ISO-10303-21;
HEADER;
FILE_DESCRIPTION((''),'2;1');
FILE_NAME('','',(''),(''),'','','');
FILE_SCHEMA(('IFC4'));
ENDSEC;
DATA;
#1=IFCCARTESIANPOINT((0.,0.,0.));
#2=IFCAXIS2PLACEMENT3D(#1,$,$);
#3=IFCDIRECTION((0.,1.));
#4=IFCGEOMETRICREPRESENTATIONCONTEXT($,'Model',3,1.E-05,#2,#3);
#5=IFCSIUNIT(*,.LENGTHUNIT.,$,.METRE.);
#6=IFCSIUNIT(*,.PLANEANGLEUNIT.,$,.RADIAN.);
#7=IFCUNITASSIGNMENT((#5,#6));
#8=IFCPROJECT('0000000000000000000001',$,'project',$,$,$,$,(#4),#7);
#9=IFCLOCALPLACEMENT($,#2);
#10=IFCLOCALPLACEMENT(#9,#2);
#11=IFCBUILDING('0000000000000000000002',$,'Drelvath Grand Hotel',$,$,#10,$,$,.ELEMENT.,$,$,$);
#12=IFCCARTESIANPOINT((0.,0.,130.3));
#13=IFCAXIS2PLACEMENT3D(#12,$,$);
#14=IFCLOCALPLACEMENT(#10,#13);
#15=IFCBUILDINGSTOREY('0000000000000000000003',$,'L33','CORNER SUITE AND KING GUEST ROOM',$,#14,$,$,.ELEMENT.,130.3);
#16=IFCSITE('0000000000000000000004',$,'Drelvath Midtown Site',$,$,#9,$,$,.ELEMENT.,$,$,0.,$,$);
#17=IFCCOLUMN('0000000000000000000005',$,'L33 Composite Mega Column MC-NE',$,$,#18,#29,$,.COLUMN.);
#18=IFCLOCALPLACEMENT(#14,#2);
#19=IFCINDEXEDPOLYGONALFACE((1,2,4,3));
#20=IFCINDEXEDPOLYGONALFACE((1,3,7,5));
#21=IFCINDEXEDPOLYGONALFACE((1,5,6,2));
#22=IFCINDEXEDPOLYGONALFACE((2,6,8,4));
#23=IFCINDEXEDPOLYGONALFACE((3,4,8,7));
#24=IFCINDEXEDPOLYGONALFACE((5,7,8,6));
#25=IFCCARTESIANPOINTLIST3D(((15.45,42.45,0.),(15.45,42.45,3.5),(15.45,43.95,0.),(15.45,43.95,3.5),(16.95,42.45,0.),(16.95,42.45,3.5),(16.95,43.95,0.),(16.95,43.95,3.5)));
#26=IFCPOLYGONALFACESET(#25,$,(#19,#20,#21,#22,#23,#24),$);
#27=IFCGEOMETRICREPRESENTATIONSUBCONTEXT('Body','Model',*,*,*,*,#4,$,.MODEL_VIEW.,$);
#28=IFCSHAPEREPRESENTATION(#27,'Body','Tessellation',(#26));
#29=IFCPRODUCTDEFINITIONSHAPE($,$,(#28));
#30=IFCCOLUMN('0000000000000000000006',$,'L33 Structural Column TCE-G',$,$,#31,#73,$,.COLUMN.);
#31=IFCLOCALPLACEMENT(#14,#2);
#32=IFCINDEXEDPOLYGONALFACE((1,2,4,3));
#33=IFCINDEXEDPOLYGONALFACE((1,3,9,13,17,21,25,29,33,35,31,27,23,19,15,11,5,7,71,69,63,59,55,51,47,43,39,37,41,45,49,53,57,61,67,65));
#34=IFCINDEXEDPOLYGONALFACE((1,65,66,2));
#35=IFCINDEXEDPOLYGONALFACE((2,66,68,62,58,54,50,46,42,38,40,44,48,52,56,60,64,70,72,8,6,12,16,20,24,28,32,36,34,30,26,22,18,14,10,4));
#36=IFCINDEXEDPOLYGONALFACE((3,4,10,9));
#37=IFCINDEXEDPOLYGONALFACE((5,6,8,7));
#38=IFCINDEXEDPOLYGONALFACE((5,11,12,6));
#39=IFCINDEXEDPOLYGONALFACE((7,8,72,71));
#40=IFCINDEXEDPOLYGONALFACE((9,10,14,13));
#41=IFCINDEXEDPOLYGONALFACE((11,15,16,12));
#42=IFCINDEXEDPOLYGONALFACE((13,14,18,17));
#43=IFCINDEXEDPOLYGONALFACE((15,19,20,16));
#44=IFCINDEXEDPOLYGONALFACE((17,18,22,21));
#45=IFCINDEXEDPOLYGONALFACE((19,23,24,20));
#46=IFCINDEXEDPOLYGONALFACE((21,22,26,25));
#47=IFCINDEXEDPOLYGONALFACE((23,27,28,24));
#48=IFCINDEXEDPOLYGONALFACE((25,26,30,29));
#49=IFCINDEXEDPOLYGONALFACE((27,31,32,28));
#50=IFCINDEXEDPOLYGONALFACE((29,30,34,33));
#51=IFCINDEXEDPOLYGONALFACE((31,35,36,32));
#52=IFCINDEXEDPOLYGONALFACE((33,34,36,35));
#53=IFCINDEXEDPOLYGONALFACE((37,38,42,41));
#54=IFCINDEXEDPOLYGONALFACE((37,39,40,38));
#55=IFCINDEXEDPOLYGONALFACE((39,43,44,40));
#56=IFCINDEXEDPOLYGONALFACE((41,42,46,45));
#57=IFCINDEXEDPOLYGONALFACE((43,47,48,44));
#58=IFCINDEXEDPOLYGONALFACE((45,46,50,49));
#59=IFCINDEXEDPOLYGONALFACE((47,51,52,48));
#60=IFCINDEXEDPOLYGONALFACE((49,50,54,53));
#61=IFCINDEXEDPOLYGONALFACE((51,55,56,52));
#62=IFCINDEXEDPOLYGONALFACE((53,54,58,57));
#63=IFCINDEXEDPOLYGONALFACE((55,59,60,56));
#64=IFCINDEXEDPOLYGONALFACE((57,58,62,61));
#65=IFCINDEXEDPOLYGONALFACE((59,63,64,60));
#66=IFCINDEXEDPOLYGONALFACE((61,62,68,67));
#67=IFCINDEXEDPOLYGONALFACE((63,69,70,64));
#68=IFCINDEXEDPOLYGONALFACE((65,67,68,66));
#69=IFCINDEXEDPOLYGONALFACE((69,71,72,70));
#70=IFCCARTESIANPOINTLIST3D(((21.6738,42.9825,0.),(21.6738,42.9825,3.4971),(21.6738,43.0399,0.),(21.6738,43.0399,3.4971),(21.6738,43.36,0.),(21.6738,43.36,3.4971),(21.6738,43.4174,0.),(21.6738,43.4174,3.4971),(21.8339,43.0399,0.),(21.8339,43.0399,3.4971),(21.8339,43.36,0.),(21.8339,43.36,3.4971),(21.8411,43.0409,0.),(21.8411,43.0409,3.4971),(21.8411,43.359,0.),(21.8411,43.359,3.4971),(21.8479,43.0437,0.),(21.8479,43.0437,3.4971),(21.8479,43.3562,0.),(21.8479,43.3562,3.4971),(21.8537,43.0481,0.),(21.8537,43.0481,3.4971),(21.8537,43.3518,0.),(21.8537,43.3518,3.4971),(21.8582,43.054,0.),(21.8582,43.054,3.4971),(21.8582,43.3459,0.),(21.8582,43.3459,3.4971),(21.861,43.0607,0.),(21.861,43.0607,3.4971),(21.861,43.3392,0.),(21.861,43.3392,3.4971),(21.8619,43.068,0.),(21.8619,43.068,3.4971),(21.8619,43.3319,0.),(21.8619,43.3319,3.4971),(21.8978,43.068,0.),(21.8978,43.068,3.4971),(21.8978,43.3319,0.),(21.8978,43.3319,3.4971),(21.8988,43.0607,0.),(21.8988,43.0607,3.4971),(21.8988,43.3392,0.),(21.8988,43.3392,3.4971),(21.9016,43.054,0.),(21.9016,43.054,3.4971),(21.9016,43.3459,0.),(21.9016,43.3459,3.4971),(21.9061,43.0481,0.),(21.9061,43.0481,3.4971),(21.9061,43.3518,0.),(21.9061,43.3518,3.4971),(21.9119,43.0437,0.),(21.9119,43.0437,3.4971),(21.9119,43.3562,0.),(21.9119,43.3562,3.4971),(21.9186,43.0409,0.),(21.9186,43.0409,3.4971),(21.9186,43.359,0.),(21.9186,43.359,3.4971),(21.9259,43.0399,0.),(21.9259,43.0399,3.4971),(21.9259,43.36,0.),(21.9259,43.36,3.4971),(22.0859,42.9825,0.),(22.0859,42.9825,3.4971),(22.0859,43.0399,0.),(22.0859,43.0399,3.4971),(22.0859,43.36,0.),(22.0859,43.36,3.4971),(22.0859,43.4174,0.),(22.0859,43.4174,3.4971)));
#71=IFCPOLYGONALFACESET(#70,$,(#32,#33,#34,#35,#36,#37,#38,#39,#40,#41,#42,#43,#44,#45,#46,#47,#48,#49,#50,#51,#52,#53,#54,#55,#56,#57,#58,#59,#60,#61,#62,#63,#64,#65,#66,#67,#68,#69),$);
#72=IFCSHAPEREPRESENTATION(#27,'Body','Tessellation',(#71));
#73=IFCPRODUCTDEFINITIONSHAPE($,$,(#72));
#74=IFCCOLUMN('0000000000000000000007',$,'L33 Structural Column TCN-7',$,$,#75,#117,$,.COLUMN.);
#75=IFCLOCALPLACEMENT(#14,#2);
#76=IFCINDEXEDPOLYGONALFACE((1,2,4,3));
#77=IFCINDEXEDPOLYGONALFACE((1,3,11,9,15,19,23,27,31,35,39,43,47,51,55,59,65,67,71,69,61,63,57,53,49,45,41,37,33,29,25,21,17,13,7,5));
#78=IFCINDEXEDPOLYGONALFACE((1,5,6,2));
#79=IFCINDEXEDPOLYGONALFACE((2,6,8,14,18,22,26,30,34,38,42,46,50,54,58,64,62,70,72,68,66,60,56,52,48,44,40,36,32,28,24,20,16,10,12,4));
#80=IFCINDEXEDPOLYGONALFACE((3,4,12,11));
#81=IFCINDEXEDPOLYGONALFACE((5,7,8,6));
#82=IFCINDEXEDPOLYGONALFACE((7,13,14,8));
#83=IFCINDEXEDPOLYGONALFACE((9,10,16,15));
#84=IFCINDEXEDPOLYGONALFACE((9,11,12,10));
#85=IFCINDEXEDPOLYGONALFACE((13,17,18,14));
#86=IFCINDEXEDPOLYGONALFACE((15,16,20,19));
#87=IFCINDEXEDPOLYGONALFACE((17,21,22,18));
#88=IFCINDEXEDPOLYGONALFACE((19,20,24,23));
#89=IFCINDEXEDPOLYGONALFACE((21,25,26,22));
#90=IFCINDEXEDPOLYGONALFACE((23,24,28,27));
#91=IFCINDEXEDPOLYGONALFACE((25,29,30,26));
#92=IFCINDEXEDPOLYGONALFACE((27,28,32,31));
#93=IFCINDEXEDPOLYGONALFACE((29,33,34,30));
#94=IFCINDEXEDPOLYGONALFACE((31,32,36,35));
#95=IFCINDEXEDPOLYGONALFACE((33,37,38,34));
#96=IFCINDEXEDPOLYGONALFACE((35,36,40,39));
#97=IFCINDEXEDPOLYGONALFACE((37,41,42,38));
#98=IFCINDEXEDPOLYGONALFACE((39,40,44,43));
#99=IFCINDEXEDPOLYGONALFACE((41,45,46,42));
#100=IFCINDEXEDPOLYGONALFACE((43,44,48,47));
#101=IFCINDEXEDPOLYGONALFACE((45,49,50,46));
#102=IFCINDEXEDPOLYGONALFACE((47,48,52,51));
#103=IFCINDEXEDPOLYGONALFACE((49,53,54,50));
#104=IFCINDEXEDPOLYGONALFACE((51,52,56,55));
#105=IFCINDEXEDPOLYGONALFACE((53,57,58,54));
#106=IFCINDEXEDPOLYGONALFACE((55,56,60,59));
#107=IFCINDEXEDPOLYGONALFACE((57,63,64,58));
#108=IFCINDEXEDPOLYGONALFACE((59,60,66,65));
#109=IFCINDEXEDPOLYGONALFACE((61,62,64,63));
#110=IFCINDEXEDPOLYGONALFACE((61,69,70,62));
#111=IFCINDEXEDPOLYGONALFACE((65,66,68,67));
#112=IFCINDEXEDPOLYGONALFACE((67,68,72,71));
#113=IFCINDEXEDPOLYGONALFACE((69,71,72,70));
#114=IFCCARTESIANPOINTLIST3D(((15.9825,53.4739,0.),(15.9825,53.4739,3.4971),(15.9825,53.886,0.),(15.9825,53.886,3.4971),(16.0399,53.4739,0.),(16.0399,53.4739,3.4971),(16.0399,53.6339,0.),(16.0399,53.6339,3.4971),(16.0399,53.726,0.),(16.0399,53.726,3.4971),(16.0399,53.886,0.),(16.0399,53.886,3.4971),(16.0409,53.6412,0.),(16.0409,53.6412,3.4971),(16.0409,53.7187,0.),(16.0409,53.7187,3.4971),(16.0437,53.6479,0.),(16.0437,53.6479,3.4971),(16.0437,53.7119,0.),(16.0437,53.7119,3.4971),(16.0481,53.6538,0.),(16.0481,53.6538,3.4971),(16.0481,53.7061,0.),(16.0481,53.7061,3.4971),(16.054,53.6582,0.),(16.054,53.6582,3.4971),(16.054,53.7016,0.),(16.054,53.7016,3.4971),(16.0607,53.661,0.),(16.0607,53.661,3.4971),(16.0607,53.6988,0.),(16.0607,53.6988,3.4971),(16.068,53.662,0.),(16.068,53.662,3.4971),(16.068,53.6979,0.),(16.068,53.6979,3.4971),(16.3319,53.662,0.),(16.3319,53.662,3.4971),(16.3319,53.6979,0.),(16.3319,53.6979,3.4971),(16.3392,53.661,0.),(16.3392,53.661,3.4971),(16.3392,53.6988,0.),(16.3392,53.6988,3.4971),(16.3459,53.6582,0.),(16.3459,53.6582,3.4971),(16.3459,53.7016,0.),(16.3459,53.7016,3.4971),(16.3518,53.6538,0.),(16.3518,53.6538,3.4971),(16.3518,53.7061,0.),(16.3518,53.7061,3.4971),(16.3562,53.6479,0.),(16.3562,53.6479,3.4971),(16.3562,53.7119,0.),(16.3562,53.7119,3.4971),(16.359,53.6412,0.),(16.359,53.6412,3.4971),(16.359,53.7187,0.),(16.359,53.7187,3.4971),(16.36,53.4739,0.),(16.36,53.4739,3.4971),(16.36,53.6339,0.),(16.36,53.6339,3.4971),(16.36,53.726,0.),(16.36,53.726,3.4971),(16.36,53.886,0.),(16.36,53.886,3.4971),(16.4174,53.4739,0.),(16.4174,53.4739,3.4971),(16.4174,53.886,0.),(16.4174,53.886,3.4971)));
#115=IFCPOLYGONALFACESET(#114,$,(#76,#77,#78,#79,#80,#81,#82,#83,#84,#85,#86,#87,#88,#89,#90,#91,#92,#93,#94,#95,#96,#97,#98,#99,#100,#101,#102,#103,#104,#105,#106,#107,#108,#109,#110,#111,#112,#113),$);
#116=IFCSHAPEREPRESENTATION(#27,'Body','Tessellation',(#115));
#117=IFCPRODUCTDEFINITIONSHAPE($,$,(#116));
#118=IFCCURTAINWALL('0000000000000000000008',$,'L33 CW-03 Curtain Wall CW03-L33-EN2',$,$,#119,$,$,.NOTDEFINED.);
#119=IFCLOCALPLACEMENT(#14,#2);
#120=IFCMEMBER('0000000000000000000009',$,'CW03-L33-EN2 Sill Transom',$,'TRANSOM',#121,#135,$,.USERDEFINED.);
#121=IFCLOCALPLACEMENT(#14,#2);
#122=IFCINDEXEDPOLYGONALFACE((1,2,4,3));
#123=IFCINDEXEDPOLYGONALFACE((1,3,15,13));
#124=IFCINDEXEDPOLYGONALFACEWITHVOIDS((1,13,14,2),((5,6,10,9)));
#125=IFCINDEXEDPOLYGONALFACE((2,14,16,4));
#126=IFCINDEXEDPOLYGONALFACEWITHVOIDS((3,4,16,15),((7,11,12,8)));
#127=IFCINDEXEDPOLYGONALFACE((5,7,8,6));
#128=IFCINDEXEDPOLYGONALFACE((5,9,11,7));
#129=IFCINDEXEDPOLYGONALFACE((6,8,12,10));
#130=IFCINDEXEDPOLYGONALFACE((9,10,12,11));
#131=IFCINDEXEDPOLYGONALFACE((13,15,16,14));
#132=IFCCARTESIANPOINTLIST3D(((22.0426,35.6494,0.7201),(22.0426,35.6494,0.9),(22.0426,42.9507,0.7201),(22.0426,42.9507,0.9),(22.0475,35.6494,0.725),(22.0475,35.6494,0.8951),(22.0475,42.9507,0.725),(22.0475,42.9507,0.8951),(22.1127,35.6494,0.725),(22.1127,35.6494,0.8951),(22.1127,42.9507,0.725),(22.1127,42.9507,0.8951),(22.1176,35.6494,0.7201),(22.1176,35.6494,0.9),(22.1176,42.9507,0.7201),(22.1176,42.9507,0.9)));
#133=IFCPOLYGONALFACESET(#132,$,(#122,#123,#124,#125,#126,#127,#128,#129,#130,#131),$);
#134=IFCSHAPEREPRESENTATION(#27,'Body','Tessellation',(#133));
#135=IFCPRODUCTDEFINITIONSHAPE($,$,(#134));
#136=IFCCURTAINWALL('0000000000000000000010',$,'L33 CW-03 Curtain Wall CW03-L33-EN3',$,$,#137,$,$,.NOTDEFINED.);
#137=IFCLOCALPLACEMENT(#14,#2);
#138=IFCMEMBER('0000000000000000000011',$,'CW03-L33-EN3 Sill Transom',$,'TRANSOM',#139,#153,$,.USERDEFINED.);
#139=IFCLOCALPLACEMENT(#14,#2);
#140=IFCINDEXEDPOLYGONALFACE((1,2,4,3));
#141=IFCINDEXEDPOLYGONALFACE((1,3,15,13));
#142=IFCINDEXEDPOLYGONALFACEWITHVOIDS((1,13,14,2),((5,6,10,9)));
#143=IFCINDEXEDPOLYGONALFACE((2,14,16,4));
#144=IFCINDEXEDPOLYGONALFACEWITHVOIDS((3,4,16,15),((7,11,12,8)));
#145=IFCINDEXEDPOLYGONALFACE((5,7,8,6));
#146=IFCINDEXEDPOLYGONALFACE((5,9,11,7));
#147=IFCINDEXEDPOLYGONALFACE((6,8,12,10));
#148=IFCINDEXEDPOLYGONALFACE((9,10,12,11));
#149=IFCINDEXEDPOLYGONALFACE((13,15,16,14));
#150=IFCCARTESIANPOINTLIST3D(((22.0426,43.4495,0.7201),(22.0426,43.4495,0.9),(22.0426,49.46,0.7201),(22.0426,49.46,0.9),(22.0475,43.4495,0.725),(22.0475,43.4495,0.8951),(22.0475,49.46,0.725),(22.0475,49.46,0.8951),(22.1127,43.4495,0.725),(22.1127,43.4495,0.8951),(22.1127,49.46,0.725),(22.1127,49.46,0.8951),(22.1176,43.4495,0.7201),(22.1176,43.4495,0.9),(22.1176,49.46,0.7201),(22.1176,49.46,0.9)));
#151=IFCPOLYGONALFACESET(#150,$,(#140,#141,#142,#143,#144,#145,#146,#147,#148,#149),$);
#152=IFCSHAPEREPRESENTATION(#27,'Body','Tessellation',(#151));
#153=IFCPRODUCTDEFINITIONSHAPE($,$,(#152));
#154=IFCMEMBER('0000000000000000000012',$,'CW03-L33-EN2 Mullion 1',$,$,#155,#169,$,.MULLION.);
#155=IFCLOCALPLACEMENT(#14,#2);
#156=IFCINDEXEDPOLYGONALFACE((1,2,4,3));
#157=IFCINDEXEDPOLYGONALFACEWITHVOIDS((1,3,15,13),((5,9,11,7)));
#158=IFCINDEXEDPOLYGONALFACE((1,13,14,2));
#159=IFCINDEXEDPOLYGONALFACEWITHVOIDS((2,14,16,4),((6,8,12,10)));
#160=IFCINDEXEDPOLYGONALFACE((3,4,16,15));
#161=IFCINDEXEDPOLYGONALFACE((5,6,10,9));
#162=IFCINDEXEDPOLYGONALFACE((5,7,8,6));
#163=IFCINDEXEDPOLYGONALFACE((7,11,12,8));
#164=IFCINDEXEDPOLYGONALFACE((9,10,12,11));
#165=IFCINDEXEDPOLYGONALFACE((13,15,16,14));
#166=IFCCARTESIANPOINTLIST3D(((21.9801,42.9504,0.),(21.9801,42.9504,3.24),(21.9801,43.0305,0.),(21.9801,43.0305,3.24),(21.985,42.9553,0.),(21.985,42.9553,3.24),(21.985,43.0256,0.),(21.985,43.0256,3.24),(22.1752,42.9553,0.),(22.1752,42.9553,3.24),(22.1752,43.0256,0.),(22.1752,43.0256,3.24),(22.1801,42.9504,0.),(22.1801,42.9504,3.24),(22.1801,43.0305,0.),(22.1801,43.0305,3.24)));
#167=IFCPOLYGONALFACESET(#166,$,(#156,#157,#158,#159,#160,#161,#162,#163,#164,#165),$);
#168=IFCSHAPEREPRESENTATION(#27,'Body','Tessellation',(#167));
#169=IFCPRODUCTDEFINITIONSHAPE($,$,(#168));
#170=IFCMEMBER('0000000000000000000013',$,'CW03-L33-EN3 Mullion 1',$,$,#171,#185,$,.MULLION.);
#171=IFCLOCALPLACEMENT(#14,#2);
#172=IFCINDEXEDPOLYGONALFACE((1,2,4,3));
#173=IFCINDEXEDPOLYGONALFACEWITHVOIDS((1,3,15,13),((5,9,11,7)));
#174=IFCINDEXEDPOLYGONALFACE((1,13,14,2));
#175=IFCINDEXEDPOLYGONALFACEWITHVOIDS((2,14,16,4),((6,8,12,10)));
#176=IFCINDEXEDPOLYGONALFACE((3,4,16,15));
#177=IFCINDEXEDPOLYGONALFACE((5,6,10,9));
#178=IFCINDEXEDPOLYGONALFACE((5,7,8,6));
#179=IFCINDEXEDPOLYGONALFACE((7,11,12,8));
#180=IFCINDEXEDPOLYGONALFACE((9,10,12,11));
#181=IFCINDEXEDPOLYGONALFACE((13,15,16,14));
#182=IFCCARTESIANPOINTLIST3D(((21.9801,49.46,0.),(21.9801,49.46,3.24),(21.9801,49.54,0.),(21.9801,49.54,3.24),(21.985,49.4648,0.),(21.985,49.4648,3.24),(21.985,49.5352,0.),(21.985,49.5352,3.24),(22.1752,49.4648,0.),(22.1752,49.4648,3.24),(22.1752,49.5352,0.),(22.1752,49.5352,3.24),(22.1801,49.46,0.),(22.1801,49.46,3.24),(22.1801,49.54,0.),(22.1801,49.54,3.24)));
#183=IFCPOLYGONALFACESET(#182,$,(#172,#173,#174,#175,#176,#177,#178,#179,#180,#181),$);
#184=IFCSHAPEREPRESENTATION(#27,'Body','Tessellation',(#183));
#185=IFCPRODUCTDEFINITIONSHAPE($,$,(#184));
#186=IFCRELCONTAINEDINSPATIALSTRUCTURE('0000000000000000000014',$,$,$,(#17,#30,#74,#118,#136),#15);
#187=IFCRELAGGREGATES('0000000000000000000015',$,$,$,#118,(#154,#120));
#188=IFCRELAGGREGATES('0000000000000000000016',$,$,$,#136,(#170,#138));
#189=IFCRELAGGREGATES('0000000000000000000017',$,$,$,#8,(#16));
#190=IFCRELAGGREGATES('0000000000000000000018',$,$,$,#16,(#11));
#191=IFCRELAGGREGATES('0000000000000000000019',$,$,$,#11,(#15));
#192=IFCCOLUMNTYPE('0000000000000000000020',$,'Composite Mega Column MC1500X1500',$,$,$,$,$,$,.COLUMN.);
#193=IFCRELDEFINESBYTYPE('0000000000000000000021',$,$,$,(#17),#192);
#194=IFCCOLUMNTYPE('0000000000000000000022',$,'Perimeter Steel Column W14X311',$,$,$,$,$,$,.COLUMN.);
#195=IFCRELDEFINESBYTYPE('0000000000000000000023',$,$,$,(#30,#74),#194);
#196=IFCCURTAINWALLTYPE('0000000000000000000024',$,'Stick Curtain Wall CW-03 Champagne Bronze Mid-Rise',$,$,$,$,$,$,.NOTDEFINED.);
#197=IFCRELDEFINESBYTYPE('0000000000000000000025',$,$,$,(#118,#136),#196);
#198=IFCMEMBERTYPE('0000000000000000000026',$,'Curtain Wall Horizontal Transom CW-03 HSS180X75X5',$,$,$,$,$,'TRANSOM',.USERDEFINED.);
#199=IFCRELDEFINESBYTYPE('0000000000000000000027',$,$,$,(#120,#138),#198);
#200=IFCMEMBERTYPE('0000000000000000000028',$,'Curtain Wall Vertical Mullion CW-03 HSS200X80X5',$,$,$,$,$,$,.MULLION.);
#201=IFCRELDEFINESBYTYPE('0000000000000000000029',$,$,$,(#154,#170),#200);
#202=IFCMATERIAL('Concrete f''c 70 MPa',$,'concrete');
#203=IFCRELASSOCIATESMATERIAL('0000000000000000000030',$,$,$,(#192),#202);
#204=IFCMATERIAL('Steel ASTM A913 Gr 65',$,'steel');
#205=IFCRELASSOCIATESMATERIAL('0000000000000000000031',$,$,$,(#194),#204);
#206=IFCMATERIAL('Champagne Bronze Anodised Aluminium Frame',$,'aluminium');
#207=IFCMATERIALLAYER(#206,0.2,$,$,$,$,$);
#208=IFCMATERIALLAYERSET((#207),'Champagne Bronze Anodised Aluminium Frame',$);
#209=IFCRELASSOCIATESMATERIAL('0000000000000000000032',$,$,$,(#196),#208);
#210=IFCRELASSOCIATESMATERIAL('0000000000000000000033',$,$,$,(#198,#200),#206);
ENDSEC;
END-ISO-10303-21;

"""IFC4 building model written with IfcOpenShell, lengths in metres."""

from ifc_helpers import new_model, si_unit, direction, frame, origin, origin_2d, place, context, subcontext, project, spatial, rectangle, hollow_rectangle, i_section, extrude, material, layer, layer_set, material_profile, profile_set, type_object, element, aggregate, save


model = new_model("IFC4")

# Units and contexts
model_context = context("Model", 3, precision=1e-05, world=origin(), true_north=direction((0.0, 1.0)))
body_context = subcontext(model_context, "Body", "Model", "MODEL_VIEW")
ifc_project = project(units=[si_unit("LENGTHUNIT", "METRE"), si_unit("PLANEANGLEUNIT", "RADIAN")], contexts=[model_context])

# Site, building, storey
site_placement = place(None, origin())
site = spatial("IfcSite", under=ifc_project, at=site_placement, Name="Drelvath Midtown Site", CompositionType="ELEMENT", RefElevation=0.0)
building_placement = place(site_placement, origin())
building = spatial("IfcBuilding", under=site, at=building_placement, Name="Drelvath Grand Hotel", CompositionType="ELEMENT")
storey_placement = place(building_placement, frame((0.0, 0.0, 130.3)))
storey = spatial("IfcBuildingStorey", under=building, at=storey_placement, Name="L33", Description="CORNER SUITE AND KING GUEST ROOM", CompositionType="ELEMENT", Elevation=130.3)

# Columns
ifc_material_1 = material(Name="Concrete f'c 70 MPa", Category="concrete")
ifc_material_profile_1 = material_profile(ifc_material_1, rectangle(XDim=1.5, YDim=1.5, at=origin_2d()), Name="MC1500X1500")
ifc_profile_set_1 = profile_set([ifc_material_profile_1], Name="Concrete f'c 70 MPa")
column_type_1 = type_object("IfcColumnType", Name="Composite Mega Column MC1500X1500", PredefinedType="COLUMN", material=ifc_profile_set_1)
column_placement = place(storey_placement, frame((16.2, 43.2, 0.0), z_axis=(0.0, 0.0, 1.0), x_axis=(1.0, 0.0, 0.0)))
element("IfcColumn", 1, at=column_placement, inside=storey, type_object=column_type_1, Name="L33 Composite Mega Column MC-NE", PredefinedType="COLUMN", context=body_context, shape_type="SweptSolid", body=[
    extrude(rectangle(XDim=1.5, YDim=1.5, at=origin_2d()), origin(), (0.0, 0.0, 1.0), 3.5),
])
ifc_material_2 = material(Name="Steel ASTM A913 Gr 65", Category="steel")
ifc_material_profile_2 = material_profile(ifc_material_2, i_section(OverallWidth=0.4121, OverallDepth=0.4348, WebThickness=0.0359, FlangeThickness=0.0574, FilletRadius=0.0281, at=origin_2d()), Name="W14X311")
ifc_profile_set_2 = profile_set([ifc_material_profile_2], Name="Steel ASTM A913 Gr 65")
column_type_2 = type_object("IfcColumnType", Name="Perimeter Steel Column W14X311", PredefinedType="COLUMN", material=ifc_profile_set_2)
for number, where, z_axis, x_axis, name in (
    (2, (21.8799, 43.2, 0.0), (0.0, 0.0, 1.0), (1.0, 0.0, 0.0), "L33 Structural Column TCE-G"),
    (3, (16.2, 53.6799, 0.0), (0.0, 0.0, 1.0), (0.0, 1.0, 0.0), "L33 Structural Column TCN-7"),
):
    element("IfcColumn", number, at=place(storey_placement, frame(where, z_axis=z_axis, x_axis=x_axis)), inside=storey, type_object=column_type_2, Name=name, PredefinedType="COLUMN", context=body_context, shape_type="SweptSolid", body=[
        extrude(i_section(OverallWidth=0.4121, OverallDepth=0.4348, WebThickness=0.0359, FlangeThickness=0.0574, FilletRadius=0.0281, at=origin_2d()), origin(), (0.0, 0.0, 1.0), 3.4971),
    ])

# Curtain walls, members
ifc_material_3 = material(Name="Champagne Bronze Anodised Aluminium Frame", Category="aluminium")
ifc_layer_1 = layer(ifc_material_3, 0.2)
ifc_layer_set_1 = layer_set([ifc_layer_1], Name="Champagne Bronze Anodised Aluminium Frame")
curtain_wall_type = type_object("IfcCurtainWallType", Name="Stick Curtain Wall CW-03 Champagne Bronze Mid-Rise", PredefinedType="NOTDEFINED", material=ifc_layer_set_1)
curtain_wall_1_placement = place(storey_placement, origin())
curtain_wall_1 = element("IfcCurtainWall", 4, at=curtain_wall_1_placement, inside=storey, type_object=curtain_wall_type, Name="L33 CW-03 Curtain Wall CW03-L33-EN2", PredefinedType="NOTDEFINED")
ifc_material_profile_3 = material_profile(ifc_material_3, hollow_rectangle(XDim=0.075, YDim=0.1799, WallThickness=0.0049, at=origin_2d()), Name="HSS180X75X5")
ifc_profile_set_3 = profile_set([ifc_material_profile_3], Name="Champagne Bronze Anodised Aluminium Frame")
member_type_1 = type_object("IfcMemberType", Name="Curtain Wall Horizontal Transom CW-03 HSS180X75X5", ElementType="TRANSOM", PredefinedType="USERDEFINED", material=ifc_profile_set_3)
member_1_placement = place(storey_placement, frame((22.0801, 42.9507, 0.8101), z_axis=(0.0, -1.0, 0.0), x_axis=(1.0, 0.0, 0.0)))
member_1 = element("IfcMember", 5, at=member_1_placement, type_object=member_type_1, Name="CW03-L33-EN2 Sill Transom", ObjectType="TRANSOM", PredefinedType="USERDEFINED", context=body_context, shape_type="SweptSolid", body=[
    extrude(hollow_rectangle(XDim=0.075, YDim=0.1799, WallThickness=0.0049, at=origin_2d()), origin(), (0.0, 0.0, 1.0), 7.3013),
])
curtain_wall_2_placement = place(storey_placement, origin())
curtain_wall_2 = element("IfcCurtainWall", 6, at=curtain_wall_2_placement, inside=storey, type_object=curtain_wall_type, Name="L33 CW-03 Curtain Wall CW03-L33-EN3", PredefinedType="NOTDEFINED")
member_2_placement = place(storey_placement, frame((22.0801, 49.46, 0.8101), z_axis=(0.0, -1.0, 0.0), x_axis=(1.0, 0.0, 0.0)))
member_2 = element("IfcMember", 7, at=member_2_placement, type_object=member_type_1, Name="CW03-L33-EN3 Sill Transom", ObjectType="TRANSOM", PredefinedType="USERDEFINED", context=body_context, shape_type="SweptSolid", body=[
    extrude(hollow_rectangle(XDim=0.075, YDim=0.1799, WallThickness=0.0049, at=origin_2d()), origin(), (0.0, 0.0, 1.0), 6.0105),
])

# Members
ifc_material_profile_4 = material_profile(ifc_material_3, hollow_rectangle(XDim=0.0801, YDim=0.2, WallThickness=0.0049, at=origin_2d()), Name="HSS200X80X5")
ifc_profile_set_4 = profile_set([ifc_material_profile_4], Name="Champagne Bronze Anodised Aluminium Frame")
member_type_2 = type_object("IfcMemberType", Name="Curtain Wall Vertical Mullion CW-03 HSS200X80X5", PredefinedType="MULLION", material=ifc_profile_set_4)
member_3_placement = place(storey_placement, frame((22.0801, 42.9905, 0.0), z_axis=(0.0, 0.0, 1.0), x_axis=(0.0, 1.0, 0.0)))
member_3 = element("IfcMember", 8, at=member_3_placement, type_object=member_type_2, Name="CW03-L33-EN2 Mullion 1", PredefinedType="MULLION", context=body_context, shape_type="SweptSolid", body=[
    extrude(hollow_rectangle(XDim=0.0801, YDim=0.2, WallThickness=0.0049, at=origin_2d()), origin(), (0.0, 0.0, 1.0), 3.24),
])
member_4_placement = place(storey_placement, frame((22.0801, 49.5, 0.0), z_axis=(0.0, 0.0, 1.0), x_axis=(0.0, 1.0, 0.0)))
member_4 = element("IfcMember", 9, at=member_4_placement, type_object=member_type_2, Name="CW03-L33-EN3 Mullion 1", PredefinedType="MULLION", context=body_context, shape_type="SweptSolid", body=[
    extrude(hollow_rectangle(XDim=0.0801, YDim=0.2, WallThickness=0.0049, at=origin_2d()), origin(), (0.0, 0.0, 1.0), 3.24),
])

aggregate(curtain_wall_1, [member_3, member_1])
aggregate(curtain_wall_2, [member_4, member_2])

save(model, "model.ifc")
